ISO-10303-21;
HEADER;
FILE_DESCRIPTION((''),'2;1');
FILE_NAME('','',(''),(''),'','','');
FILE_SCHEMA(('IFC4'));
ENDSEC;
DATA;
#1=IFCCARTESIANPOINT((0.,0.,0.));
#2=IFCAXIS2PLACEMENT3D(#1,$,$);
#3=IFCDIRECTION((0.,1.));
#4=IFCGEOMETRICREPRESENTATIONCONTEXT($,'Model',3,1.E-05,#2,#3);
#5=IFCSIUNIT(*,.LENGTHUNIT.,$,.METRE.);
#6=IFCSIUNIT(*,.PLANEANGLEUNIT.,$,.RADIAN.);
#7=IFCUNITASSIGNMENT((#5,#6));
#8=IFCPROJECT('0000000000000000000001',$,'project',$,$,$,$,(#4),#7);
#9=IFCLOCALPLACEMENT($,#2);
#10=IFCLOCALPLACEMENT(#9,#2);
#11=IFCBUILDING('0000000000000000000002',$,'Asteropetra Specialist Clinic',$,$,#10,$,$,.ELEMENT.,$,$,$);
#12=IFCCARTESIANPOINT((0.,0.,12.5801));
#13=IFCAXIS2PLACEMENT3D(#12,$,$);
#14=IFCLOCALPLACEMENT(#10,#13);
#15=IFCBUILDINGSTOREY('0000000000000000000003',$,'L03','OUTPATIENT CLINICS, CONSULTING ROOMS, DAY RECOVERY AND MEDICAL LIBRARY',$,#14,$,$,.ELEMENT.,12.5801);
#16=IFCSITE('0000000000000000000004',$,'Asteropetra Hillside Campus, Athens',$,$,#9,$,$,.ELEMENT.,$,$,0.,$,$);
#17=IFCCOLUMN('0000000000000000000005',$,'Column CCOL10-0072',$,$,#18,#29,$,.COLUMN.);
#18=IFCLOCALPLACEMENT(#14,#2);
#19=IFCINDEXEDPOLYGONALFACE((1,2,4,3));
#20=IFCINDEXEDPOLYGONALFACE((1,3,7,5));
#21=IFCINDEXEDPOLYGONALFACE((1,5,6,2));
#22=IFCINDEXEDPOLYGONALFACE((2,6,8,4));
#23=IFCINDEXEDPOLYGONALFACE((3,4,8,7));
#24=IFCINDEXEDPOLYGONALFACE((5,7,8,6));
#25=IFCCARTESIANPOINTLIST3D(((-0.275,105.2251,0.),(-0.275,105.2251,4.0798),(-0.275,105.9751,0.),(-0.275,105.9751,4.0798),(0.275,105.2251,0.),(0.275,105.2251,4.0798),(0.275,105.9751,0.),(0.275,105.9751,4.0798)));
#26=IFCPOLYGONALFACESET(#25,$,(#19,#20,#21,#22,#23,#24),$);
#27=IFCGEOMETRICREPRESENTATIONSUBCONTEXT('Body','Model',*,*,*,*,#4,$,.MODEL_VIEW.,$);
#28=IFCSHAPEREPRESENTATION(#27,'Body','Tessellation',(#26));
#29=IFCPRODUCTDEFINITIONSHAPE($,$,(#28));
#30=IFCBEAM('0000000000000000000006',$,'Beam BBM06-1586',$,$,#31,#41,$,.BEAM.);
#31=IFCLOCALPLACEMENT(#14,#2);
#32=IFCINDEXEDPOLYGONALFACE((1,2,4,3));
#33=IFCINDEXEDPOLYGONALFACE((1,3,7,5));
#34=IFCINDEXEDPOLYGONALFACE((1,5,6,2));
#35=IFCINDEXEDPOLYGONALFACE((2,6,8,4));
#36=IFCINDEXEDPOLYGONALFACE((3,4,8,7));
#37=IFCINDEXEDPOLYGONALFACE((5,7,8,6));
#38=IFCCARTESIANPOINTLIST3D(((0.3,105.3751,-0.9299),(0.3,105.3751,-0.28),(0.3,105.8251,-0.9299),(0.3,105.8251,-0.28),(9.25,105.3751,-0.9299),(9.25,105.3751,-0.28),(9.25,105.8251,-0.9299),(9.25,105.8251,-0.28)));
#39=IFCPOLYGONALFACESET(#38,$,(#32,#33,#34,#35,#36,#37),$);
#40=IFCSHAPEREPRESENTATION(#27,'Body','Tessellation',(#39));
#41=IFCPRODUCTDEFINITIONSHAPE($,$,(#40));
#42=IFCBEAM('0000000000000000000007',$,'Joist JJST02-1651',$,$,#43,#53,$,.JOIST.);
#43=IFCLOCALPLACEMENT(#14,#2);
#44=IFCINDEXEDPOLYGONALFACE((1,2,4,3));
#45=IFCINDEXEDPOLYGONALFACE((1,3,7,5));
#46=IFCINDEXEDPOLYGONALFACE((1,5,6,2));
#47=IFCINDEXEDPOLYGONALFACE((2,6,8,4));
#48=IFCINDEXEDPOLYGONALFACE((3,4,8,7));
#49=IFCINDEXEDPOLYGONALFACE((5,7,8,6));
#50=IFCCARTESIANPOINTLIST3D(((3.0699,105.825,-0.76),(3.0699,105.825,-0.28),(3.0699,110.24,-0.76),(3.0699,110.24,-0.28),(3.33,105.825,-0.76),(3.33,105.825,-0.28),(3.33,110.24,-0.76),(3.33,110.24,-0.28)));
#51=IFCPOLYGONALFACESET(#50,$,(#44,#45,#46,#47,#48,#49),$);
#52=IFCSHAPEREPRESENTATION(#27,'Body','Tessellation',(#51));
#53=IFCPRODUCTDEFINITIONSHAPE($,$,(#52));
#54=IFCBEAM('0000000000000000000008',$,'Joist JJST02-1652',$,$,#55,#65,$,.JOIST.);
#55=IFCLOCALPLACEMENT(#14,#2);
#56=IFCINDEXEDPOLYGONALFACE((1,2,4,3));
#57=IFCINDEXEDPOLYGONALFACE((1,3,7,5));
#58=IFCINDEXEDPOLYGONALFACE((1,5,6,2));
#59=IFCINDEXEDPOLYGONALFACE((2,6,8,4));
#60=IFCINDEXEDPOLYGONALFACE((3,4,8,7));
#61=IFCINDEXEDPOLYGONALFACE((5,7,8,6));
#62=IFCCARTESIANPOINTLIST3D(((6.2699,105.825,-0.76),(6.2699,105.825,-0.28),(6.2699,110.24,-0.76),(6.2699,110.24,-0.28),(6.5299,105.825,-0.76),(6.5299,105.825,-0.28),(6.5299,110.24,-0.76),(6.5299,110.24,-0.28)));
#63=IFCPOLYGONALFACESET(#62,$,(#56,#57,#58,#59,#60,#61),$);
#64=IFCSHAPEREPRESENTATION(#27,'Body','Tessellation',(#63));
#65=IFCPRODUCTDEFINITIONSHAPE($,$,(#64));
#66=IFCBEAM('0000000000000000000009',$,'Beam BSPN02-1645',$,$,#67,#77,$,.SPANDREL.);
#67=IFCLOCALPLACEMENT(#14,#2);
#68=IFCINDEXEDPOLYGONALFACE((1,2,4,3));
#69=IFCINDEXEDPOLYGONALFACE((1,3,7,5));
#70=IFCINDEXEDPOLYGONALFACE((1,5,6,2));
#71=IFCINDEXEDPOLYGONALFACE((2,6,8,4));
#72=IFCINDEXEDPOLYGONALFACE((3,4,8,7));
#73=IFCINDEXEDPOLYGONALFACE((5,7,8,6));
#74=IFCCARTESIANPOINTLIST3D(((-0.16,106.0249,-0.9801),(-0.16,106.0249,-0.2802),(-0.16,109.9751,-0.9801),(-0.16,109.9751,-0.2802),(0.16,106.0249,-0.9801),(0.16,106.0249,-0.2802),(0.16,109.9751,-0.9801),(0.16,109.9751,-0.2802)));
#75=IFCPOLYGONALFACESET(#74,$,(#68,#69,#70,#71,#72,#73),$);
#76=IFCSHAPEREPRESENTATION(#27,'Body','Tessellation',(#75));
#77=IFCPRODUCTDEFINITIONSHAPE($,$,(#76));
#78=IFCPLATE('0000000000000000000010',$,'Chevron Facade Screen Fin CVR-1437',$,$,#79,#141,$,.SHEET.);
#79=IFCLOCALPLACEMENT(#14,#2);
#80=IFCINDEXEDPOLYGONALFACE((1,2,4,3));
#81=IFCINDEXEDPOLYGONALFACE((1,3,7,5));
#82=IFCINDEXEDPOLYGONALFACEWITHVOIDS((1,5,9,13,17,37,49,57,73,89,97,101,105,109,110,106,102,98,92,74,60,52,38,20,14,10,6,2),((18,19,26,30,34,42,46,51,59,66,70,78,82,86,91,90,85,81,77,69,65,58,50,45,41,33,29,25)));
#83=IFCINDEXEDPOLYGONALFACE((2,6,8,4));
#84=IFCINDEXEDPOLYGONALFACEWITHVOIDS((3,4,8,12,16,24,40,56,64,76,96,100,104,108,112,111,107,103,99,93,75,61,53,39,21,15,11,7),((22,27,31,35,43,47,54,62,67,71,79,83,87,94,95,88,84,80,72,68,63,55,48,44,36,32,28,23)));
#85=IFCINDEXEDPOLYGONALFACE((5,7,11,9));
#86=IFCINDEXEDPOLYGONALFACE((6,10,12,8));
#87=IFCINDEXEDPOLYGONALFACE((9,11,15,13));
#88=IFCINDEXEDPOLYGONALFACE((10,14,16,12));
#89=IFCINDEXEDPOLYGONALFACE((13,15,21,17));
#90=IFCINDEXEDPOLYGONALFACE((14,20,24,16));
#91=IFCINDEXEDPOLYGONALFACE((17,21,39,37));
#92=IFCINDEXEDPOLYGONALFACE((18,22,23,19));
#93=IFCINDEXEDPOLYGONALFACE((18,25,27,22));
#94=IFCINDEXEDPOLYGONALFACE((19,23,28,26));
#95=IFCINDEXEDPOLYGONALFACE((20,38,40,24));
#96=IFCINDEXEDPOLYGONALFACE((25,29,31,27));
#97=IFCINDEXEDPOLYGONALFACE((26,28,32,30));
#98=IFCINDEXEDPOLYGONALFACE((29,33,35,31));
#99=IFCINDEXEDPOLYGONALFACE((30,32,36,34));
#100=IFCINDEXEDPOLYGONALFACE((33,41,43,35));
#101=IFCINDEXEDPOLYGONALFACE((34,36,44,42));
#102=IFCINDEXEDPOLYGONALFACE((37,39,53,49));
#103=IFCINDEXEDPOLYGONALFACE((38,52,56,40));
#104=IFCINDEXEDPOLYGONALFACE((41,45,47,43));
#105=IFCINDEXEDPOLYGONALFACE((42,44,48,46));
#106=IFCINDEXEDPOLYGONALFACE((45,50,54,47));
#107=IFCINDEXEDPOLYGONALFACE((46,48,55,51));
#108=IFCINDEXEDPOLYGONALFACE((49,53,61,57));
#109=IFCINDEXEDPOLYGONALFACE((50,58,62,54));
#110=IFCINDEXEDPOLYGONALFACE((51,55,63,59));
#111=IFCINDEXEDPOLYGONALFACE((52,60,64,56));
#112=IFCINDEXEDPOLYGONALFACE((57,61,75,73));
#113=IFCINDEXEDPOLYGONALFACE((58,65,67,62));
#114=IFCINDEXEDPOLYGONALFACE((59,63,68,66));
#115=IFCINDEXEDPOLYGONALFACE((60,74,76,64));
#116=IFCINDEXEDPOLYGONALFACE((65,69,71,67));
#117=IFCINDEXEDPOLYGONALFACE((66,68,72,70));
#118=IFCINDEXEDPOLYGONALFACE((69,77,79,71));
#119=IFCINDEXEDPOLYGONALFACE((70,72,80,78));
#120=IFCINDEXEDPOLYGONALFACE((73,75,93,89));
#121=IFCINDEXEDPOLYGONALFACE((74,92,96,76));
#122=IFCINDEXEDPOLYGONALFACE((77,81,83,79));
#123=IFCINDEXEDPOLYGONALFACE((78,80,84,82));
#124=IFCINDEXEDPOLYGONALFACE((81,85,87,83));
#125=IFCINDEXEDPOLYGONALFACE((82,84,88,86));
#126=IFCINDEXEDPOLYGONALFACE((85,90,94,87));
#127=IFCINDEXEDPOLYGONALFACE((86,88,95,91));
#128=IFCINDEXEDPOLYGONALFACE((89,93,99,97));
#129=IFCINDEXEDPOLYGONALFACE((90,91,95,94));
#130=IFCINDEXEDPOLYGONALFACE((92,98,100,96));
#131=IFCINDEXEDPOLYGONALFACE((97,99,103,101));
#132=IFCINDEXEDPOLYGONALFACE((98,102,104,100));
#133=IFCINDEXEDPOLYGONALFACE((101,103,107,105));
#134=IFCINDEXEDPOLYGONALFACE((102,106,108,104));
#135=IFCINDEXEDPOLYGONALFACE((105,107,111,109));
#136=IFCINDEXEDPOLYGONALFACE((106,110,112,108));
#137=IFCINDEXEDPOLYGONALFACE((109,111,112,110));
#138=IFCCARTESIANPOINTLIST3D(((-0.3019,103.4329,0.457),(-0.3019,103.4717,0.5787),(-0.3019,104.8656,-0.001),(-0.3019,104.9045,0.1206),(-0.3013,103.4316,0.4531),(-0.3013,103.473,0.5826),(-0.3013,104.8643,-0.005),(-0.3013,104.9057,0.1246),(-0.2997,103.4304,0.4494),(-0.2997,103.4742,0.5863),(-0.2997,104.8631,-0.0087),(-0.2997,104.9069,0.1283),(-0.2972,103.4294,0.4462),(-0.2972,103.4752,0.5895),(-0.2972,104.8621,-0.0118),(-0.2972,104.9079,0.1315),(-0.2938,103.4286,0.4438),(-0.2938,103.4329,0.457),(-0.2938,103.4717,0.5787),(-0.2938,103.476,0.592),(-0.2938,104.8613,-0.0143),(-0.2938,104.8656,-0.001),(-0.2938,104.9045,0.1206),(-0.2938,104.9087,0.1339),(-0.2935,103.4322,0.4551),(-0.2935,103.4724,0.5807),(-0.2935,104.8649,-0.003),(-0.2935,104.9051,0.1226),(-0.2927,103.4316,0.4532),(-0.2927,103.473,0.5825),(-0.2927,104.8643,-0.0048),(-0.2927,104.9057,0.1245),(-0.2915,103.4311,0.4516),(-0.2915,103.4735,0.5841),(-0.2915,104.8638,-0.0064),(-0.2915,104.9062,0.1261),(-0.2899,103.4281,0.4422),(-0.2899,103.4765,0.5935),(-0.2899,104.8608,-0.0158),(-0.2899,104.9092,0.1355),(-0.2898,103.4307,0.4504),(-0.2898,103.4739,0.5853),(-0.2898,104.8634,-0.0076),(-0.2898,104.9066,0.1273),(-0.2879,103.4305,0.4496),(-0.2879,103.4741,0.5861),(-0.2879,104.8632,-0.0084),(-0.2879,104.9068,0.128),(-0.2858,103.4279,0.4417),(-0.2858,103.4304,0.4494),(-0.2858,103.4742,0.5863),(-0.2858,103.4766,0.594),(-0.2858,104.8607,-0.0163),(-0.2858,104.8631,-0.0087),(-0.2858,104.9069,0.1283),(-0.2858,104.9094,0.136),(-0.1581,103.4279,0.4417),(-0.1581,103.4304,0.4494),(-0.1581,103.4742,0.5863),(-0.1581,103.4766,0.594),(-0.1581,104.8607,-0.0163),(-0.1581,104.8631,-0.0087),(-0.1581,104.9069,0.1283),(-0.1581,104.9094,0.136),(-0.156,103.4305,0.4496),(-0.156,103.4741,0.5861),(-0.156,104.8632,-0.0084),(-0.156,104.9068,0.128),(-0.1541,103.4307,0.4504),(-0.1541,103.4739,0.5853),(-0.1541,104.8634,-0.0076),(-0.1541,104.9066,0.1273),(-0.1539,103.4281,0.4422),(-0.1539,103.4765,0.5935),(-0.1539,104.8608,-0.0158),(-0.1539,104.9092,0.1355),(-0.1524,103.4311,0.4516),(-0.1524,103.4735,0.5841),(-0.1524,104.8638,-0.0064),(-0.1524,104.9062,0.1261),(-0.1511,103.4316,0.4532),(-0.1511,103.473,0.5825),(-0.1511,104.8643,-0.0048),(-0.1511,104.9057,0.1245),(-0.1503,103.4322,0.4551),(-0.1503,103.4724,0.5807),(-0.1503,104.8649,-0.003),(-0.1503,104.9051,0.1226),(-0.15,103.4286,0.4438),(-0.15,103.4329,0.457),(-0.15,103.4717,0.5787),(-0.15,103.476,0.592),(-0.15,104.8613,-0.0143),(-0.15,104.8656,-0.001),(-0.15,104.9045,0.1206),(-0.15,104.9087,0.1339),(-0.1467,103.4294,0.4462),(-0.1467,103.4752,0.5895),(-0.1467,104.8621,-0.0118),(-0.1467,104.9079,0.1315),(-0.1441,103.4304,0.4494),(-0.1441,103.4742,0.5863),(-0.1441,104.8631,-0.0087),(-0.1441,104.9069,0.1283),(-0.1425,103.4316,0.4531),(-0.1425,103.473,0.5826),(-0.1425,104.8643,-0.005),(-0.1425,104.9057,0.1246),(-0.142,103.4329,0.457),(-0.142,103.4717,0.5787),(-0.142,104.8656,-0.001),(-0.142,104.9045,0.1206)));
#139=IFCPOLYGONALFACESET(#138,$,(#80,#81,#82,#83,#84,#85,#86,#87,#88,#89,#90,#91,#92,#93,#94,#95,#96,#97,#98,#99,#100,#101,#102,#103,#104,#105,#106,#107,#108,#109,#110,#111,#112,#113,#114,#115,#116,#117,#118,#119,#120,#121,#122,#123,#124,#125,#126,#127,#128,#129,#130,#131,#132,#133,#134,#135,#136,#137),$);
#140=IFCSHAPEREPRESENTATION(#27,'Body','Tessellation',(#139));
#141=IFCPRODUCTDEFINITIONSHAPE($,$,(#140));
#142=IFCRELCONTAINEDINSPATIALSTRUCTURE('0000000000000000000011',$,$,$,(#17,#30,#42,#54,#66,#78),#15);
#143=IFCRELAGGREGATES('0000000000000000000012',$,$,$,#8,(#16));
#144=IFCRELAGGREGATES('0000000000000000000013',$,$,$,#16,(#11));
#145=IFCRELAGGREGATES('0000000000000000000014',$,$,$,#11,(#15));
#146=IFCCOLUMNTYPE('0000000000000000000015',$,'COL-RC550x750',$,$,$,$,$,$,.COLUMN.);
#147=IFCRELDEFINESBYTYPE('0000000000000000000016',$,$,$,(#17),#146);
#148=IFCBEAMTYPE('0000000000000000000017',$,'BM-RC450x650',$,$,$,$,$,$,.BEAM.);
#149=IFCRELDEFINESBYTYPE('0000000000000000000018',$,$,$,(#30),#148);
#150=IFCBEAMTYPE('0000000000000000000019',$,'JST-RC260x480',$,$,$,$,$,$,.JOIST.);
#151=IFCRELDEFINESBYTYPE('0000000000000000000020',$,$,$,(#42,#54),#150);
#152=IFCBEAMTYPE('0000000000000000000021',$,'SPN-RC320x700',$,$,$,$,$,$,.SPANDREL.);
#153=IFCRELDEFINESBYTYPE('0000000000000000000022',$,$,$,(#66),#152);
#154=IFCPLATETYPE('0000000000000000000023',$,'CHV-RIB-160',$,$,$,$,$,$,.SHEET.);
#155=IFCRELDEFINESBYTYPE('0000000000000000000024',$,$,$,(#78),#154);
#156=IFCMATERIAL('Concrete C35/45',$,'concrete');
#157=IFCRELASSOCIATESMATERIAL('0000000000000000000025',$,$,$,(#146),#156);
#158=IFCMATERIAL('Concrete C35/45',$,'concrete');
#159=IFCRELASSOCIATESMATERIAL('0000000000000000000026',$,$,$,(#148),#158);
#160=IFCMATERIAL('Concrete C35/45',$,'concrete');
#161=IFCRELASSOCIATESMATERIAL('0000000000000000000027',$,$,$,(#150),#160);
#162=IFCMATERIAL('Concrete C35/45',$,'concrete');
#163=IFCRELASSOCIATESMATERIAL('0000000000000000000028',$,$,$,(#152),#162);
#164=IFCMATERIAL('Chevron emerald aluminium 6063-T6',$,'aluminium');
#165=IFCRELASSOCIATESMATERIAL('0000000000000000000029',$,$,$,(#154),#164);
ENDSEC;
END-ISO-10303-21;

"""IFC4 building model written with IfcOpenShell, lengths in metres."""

from ifc_helpers import new_model, si_unit, direction, frame, origin, origin_2d, place, context, subcontext, project, spatial, rectangle, hollow_rectangle, extrude, material, material_profile, profile_set, type_object, element, save


model = new_model("IFC4")

# Units and contexts
model_context = context("Model", 3, precision=1e-05, world=origin(), true_north=direction((0.0, 1.0)))
body_context = subcontext(model_context, "Body", "Model", "MODEL_VIEW")
ifc_project = project(units=[si_unit("LENGTHUNIT", "METRE"), si_unit("PLANEANGLEUNIT", "RADIAN")], contexts=[model_context])

# Site, building, storey
site_placement = place(None, origin())
site = spatial("IfcSite", under=ifc_project, at=site_placement, Name="Asteropetra Hillside Campus, Athens", CompositionType="ELEMENT", RefElevation=0.0)
building_placement = place(site_placement, origin())
building = spatial("IfcBuilding", under=site, at=building_placement, Name="Asteropetra Specialist Clinic", CompositionType="ELEMENT")
storey_placement = place(building_placement, frame((0.0, 0.0, 12.5801)))
storey = spatial("IfcBuildingStorey", under=building, at=storey_placement, Name="L03", Description="OUTPATIENT CLINICS, CONSULTING ROOMS, DAY RECOVERY AND MEDICAL LIBRARY", CompositionType="ELEMENT", Elevation=12.5801)

# Column
ifc_material_1 = material(Name="Concrete C35/45", Category="concrete")
ifc_material_profile_1 = material_profile(ifc_material_1, rectangle(XDim=0.55, YDim=0.75, at=origin_2d()), Name="RC 550x750")
ifc_profile_set_1 = profile_set([ifc_material_profile_1], Name="Concrete C35/45")
column_type = type_object("IfcColumnType", Name="COL-RC550x750", PredefinedType="COLUMN", material=ifc_profile_set_1)
column_placement = place(storey_placement, frame((0.0, 105.6001, 0.0), z_axis=(0.0, 0.0, 1.0), x_axis=(1.0, 0.0, 0.0)))
element("IfcColumn", 1, at=column_placement, inside=storey, type_object=column_type, Name="Column CCOL10-0072", PredefinedType="COLUMN", context=body_context, shape_type="SweptSolid", body=[
    extrude(rectangle(XDim=0.55, YDim=0.75, at=origin_2d()), origin(), (0.0, 0.0, 1.0), 4.0798),
])

# Beams
ifc_material_2 = material(Name="Concrete C35/45", Category="concrete")
ifc_material_profile_2 = material_profile(ifc_material_2, rectangle(XDim=0.45, YDim=0.6499, at=origin_2d()), Name="RCB 450x650")
ifc_profile_set_2 = profile_set([ifc_material_profile_2], Name="Concrete C35/45")
beam_type_1 = type_object("IfcBeamType", Name="BM-RC450x650", PredefinedType="BEAM", material=ifc_profile_set_2)
beam_1_placement = place(storey_placement, frame((0.3, 105.6001, -0.605), z_axis=(1.0, 0.0, 0.0), x_axis=(0.0, 1.0, 0.0)))
element("IfcBeam", 2, at=beam_1_placement, inside=storey, type_object=beam_type_1, Name="Beam BBM06-1586", PredefinedType="BEAM", context=body_context, shape_type="SweptSolid", body=[
    extrude(rectangle(XDim=0.45, YDim=0.6499, at=origin_2d()), origin(), (0.0, 0.0, 1.0), 8.95),
])
ifc_material_3 = material(Name="Concrete C35/45", Category="concrete")
ifc_material_profile_3 = material_profile(ifc_material_3, rectangle(XDim=0.26, YDim=0.48, at=origin_2d()), Name="RCJ 260x480")
ifc_profile_set_3 = profile_set([ifc_material_profile_3], Name="Concrete C35/45")
beam_type_2 = type_object("IfcBeamType", Name="JST-RC260x480", PredefinedType="JOIST", material=ifc_profile_set_3)
for number, where, z_axis, x_axis, name in (
    (3, (3.2, 105.825, -0.52), (0.0, 1.0, 0.0), (-1.0, 0.0, 0.0), "Joist JJST02-1651"),
    (4, (6.3999, 105.825, -0.52), (0.0, 1.0, 0.0), (-1.0, 0.0, 0.0), "Joist JJST02-1652"),
):
    element("IfcBeam", number, at=place(storey_placement, frame(where, z_axis=z_axis, x_axis=x_axis)), inside=storey, type_object=beam_type_2, Name=name, PredefinedType="JOIST", context=body_context, shape_type="SweptSolid", body=[
        extrude(rectangle(XDim=0.26, YDim=0.48, at=origin_2d()), origin(), (0.0, 0.0, 1.0), 4.415),
    ])
ifc_material_4 = material(Name="Concrete C35/45", Category="concrete")
ifc_material_profile_4 = material_profile(ifc_material_4, rectangle(XDim=0.3201, YDim=0.7, at=origin_2d()), Name="RCS 320x700")
ifc_profile_set_4 = profile_set([ifc_material_profile_4], Name="Concrete C35/45")
beam_type_3 = type_object("IfcBeamType", Name="SPN-RC320x700", PredefinedType="SPANDREL", material=ifc_profile_set_4)
beam_2_placement = place(storey_placement, frame((0.0, 106.0249, -0.6301), z_axis=(0.0, 1.0, 0.0), x_axis=(-1.0, 0.0, 0.0)))
element("IfcBeam", 5, at=beam_2_placement, inside=storey, type_object=beam_type_3, Name="Beam BSPN02-1645", PredefinedType="SPANDREL", context=body_context, shape_type="SweptSolid", body=[
    extrude(rectangle(XDim=0.3201, YDim=0.7, at=origin_2d()), origin(), (0.0, 0.0, 1.0), 3.9502),
])

# Plate
ifc_material_5 = material(Name="Chevron emerald aluminium 6063-T6", Category="aluminium")
ifc_material_profile_5 = material_profile(ifc_material_5, hollow_rectangle(XDim=0.1599, YDim=0.1599, WallThickness=0.0081, InnerFilletRadius=0.0081, OuterFilletRadius=0.0161, at=origin_2d()), Name="SHS 160x160x8.0")
ifc_profile_set_5 = profile_set([ifc_material_profile_5], Name="Chevron emerald aluminium 6063-T6")
plate_type = type_object("IfcPlateType", Name="CHV-RIB-160", PredefinedType="SHEET", material=ifc_profile_set_5)
for number, where, z_axis, x_axis, name in (
    (6, (-0.2219, 104.885, 0.0598), (0.0, -0.952507, 0.304517), (1.0, 0.0, 0.0), "Chevron Facade Screen Fin CVR-1437"),
):
    element("IfcPlate", number, at=place(storey_placement, frame(where, z_axis=z_axis, x_axis=x_axis)), inside=storey, type_object=plate_type, Name=name, PredefinedType="SHEET", context=body_context, shape_type="SweptSolid", body=[
        extrude(hollow_rectangle(XDim=0.1599, YDim=0.1599, WallThickness=0.0081, InnerFilletRadius=0.0081, OuterFilletRadius=0.0161, at=origin_2d()), origin(), (0.0, 0.0, 1.0), 1.5042),
    ])

save(model, "model.ifc")
